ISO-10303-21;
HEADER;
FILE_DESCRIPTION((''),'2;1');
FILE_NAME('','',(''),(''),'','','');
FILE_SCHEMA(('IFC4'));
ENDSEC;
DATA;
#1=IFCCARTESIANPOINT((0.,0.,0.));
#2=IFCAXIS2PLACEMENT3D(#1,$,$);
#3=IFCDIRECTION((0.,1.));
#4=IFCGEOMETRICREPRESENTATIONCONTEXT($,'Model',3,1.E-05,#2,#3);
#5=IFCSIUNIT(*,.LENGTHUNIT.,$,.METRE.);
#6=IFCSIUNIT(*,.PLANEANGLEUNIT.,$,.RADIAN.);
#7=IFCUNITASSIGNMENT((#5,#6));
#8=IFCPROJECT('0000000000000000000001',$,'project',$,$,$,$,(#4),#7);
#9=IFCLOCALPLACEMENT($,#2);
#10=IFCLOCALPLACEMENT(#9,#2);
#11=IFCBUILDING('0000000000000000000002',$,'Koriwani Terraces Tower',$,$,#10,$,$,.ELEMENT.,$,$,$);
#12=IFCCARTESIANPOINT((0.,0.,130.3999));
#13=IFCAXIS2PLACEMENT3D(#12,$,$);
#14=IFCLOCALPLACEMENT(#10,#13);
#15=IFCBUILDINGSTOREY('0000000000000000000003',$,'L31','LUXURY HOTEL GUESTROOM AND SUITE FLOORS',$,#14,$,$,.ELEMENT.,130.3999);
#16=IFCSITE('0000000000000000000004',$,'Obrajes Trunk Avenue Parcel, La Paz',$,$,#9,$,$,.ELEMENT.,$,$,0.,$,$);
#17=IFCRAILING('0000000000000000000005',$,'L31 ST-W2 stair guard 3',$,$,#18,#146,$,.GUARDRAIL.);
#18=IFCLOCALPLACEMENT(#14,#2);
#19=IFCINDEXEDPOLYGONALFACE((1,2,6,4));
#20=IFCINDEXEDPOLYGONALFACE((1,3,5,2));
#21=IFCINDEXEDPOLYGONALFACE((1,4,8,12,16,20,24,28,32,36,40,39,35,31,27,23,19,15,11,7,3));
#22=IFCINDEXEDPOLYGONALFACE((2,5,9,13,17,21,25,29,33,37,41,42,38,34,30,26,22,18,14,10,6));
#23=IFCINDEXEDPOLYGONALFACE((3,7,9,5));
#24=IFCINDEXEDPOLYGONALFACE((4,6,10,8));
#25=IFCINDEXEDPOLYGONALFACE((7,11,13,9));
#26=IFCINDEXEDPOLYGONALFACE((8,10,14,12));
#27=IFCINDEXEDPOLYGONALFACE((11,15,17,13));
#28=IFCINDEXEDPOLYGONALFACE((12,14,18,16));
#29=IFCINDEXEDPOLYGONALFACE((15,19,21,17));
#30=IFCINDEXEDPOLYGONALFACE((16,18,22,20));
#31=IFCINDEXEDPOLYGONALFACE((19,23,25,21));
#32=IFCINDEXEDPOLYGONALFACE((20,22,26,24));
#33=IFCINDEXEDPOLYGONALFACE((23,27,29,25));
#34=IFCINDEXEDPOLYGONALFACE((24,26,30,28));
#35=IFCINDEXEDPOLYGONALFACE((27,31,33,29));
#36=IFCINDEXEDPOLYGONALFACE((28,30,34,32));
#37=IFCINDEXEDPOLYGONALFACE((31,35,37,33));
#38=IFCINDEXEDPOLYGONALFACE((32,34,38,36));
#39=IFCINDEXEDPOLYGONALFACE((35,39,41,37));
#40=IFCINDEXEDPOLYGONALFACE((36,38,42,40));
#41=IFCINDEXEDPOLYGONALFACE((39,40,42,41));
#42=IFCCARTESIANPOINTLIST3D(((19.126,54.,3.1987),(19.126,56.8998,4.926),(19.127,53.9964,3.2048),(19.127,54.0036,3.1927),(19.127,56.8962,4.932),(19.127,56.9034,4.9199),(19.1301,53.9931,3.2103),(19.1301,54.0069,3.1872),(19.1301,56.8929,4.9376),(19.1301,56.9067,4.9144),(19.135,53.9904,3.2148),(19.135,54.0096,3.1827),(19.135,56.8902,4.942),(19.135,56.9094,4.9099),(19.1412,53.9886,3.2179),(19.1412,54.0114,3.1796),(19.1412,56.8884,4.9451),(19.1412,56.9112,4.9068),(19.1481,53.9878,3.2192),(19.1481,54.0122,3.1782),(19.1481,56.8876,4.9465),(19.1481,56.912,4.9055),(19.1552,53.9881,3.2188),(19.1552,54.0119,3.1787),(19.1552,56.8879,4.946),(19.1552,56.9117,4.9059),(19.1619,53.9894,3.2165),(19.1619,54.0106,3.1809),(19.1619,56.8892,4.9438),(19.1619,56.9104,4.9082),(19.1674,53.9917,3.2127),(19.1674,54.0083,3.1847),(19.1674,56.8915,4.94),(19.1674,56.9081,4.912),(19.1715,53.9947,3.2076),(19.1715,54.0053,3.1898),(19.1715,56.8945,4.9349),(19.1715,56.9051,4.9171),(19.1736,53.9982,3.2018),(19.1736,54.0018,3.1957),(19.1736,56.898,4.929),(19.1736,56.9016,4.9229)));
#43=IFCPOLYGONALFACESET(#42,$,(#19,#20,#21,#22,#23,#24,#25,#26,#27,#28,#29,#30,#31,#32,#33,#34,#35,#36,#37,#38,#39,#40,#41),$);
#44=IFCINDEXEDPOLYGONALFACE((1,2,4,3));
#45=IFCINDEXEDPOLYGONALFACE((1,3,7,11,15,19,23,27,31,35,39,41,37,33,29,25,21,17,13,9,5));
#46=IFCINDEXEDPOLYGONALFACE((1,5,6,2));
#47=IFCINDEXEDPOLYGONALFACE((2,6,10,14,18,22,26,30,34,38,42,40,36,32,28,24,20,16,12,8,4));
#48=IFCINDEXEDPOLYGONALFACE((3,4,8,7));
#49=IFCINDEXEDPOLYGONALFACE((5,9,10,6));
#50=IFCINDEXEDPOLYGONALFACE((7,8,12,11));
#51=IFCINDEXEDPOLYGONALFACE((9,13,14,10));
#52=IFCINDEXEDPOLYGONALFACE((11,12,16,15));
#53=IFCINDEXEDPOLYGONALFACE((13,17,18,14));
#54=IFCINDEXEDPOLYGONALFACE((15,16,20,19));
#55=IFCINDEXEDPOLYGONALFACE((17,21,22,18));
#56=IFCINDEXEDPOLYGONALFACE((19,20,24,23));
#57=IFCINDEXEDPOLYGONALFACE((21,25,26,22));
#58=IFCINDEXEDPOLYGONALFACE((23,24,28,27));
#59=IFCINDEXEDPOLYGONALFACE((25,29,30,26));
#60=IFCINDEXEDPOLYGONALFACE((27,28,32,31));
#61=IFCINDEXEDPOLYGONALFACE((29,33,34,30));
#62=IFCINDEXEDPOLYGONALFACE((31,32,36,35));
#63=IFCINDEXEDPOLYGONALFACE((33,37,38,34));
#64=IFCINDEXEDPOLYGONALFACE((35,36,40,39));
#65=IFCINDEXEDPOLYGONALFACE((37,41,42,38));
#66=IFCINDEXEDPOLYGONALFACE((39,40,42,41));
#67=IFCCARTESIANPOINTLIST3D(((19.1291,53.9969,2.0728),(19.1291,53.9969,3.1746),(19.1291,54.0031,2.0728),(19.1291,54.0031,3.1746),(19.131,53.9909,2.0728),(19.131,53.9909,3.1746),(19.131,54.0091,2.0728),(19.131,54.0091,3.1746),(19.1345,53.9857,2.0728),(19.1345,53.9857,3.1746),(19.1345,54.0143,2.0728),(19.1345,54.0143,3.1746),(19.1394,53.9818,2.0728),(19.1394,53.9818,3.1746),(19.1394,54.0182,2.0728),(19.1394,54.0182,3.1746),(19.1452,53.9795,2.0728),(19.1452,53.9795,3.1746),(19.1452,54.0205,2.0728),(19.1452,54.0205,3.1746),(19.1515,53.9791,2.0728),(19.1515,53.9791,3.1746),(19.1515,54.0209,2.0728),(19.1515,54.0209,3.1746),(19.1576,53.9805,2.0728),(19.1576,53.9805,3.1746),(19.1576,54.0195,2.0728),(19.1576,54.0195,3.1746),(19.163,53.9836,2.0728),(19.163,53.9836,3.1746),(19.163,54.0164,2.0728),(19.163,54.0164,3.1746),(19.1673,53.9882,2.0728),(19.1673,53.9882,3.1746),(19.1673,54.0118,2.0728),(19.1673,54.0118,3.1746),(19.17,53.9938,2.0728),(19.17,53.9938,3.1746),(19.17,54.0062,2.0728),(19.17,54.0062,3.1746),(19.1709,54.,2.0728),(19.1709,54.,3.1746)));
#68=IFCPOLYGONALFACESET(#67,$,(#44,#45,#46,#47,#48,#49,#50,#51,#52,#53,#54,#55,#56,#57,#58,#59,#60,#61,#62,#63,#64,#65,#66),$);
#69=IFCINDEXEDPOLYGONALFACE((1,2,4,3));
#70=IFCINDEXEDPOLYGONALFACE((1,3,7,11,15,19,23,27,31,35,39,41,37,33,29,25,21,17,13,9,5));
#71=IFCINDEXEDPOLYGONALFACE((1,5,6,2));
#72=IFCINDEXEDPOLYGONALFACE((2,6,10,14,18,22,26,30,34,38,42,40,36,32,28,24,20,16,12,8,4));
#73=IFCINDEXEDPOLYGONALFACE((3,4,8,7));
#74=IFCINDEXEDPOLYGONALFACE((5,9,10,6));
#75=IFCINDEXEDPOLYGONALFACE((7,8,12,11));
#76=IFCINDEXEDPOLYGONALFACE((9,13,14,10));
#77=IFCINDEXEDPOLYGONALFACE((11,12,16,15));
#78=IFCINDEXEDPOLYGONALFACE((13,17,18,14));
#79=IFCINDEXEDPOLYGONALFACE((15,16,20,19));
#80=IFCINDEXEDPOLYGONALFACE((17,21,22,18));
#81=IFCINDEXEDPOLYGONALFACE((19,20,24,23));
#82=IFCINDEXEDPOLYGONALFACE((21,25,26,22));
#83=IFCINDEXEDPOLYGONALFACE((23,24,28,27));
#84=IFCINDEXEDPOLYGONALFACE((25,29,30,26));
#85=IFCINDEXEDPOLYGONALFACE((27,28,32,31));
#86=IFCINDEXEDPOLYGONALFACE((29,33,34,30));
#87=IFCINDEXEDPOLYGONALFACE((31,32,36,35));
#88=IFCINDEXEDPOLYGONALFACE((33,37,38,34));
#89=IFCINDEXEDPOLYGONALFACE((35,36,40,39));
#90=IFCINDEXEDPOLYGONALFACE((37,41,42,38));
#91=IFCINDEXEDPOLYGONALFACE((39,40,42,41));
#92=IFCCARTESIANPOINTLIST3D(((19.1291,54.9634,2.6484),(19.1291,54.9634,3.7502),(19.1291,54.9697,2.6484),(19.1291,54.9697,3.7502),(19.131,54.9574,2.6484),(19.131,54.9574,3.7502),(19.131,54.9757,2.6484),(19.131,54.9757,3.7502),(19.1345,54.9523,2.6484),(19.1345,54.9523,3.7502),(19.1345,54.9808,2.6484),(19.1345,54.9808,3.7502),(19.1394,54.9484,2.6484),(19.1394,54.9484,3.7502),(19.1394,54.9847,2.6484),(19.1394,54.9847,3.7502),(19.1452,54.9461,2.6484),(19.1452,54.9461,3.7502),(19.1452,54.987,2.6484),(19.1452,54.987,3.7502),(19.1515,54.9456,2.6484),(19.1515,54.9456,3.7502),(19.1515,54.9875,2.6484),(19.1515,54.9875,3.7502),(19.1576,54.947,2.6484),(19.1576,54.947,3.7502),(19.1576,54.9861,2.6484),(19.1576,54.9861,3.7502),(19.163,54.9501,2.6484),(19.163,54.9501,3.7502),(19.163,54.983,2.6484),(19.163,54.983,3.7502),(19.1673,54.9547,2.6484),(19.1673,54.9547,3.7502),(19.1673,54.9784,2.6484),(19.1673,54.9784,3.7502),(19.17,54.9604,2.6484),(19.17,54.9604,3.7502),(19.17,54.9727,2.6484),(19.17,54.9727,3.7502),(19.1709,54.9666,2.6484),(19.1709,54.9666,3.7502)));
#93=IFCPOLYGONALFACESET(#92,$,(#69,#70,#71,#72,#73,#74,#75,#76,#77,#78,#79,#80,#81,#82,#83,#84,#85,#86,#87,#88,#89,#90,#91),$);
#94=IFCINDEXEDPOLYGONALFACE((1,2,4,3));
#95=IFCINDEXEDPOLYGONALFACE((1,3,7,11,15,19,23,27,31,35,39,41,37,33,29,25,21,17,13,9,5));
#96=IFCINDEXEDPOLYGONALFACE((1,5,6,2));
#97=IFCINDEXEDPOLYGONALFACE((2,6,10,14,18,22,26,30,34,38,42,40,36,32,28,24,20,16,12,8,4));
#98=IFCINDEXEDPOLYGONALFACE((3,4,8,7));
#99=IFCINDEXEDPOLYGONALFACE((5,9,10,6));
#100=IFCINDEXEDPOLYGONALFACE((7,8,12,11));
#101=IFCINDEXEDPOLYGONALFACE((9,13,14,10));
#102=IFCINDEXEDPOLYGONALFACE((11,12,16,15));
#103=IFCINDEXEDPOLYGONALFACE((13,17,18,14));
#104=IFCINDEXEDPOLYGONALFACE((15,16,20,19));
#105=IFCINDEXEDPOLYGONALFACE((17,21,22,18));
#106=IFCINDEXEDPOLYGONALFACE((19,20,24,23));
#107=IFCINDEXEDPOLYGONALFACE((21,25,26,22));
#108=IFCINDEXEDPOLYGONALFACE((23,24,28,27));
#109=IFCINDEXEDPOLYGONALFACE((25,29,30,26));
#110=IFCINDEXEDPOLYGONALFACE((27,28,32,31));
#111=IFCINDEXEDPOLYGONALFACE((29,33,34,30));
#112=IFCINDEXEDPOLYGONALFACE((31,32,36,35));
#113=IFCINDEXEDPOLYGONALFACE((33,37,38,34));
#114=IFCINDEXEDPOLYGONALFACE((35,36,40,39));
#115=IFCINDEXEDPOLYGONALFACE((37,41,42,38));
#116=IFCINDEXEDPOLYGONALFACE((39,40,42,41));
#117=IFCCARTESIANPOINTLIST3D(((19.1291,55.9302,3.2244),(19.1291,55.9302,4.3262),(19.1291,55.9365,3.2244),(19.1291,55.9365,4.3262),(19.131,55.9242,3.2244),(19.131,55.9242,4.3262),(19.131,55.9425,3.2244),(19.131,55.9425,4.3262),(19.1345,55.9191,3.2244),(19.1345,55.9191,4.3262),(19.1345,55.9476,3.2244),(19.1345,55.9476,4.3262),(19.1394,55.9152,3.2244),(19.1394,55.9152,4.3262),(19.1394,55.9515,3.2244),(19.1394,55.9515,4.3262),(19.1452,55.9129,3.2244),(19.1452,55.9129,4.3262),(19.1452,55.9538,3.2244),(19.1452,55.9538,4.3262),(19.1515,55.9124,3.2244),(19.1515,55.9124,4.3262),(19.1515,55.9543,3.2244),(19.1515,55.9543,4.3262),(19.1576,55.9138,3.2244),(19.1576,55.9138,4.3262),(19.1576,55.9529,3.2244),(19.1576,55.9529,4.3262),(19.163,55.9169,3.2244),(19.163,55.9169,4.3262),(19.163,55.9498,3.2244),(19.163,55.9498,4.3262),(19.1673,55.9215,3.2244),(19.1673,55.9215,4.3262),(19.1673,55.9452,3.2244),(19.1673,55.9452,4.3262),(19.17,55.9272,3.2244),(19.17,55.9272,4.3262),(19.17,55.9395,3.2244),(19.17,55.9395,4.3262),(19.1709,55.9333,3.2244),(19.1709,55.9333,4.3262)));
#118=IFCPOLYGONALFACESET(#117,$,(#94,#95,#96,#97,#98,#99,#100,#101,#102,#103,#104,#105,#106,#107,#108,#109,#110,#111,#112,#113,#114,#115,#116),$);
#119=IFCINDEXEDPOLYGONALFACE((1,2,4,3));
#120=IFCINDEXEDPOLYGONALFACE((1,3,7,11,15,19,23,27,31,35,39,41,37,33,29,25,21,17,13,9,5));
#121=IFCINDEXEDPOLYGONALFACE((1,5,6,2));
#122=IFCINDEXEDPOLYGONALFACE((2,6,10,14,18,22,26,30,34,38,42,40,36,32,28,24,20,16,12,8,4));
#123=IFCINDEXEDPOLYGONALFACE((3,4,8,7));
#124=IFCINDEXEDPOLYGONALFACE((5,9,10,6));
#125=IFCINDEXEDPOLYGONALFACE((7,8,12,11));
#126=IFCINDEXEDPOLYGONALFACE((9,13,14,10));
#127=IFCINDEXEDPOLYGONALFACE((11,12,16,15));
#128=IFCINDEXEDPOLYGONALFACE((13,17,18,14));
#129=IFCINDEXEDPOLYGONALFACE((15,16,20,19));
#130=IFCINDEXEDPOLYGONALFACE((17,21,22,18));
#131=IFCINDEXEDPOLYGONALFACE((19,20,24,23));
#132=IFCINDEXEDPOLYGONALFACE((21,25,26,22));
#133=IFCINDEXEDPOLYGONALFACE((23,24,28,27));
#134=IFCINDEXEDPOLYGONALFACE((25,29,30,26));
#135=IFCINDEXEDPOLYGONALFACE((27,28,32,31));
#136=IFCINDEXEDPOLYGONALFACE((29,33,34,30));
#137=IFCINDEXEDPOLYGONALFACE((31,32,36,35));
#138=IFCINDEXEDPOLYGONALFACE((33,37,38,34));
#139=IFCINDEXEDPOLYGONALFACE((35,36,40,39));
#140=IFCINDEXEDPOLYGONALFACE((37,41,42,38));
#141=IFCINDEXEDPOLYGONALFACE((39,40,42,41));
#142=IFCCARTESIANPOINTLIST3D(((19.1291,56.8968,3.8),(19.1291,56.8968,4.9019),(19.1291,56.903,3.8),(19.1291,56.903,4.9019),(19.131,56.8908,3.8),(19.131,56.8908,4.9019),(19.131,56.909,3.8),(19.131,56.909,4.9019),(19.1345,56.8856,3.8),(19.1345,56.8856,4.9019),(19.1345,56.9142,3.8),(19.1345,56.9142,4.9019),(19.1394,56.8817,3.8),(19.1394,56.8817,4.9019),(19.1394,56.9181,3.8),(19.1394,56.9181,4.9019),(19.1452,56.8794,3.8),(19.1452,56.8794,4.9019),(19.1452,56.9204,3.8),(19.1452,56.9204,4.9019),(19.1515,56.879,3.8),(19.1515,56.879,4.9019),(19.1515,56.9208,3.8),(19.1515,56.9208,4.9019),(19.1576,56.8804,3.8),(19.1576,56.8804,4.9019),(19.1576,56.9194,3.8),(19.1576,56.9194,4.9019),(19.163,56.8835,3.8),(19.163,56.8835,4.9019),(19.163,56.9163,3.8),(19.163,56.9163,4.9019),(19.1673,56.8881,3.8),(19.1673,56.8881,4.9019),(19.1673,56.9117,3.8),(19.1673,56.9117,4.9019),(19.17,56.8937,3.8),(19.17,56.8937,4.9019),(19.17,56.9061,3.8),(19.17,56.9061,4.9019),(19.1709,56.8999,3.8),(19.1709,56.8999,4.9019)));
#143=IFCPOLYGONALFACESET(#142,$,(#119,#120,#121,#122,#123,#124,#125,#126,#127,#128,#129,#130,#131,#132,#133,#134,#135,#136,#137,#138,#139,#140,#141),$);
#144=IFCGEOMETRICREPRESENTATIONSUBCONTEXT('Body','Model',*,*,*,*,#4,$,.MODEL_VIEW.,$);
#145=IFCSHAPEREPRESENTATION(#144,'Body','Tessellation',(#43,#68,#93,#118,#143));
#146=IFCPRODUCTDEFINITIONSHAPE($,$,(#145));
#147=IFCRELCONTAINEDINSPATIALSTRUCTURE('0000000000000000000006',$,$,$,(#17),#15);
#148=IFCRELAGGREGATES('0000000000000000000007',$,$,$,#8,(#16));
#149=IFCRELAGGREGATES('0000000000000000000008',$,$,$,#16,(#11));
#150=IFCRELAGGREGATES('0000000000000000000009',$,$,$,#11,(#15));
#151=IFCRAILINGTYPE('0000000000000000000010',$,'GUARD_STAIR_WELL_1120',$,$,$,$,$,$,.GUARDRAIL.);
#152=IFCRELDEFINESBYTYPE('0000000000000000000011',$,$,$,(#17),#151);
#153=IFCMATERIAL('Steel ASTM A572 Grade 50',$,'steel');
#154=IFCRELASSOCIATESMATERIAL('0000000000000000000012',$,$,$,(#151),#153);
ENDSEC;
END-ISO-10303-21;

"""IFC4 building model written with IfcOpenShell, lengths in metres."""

from ifc_helpers import new_model, si_unit, direction, frame, origin, origin_2d, place, context, subcontext, project, spatial, circle, extrude, material, type_object, element, save


model = new_model("IFC4")

# Units and contexts
model_context = context("Model", 3, precision=1e-05, world=origin(), true_north=direction((0.0, 1.0)))
body_context = subcontext(model_context, "Body", "Model", "MODEL_VIEW")
ifc_project = project(units=[si_unit("LENGTHUNIT", "METRE"), si_unit("PLANEANGLEUNIT", "RADIAN")], contexts=[model_context])

# Site, building, storey
site_placement = place(None, origin())
site = spatial("IfcSite", under=ifc_project, at=site_placement, Name="Obrajes Trunk Avenue Parcel, La Paz", CompositionType="ELEMENT", RefElevation=0.0)
building_placement = place(site_placement, origin())
building = spatial("IfcBuilding", under=site, at=building_placement, Name="Koriwani Terraces Tower", CompositionType="ELEMENT")
storey_placement = place(building_placement, frame((0.0, 0.0, 130.3999)))
storey = spatial("IfcBuildingStorey", under=building, at=storey_placement, Name="L31", Description="LUXURY HOTEL GUESTROOM AND SUITE FLOORS", CompositionType="ELEMENT", Elevation=130.3999)

# Shared definitions
ifc_material_1 = material(Name="Steel ASTM A572 Grade 50", Category="steel")

# Railing
railing_type_1 = type_object("IfcRailingType", Name="GUARD_STAIR_WELL_1120", PredefinedType="GUARDRAIL", material=ifc_material_1)
railing_1_placement = place(storey_placement, frame((19.1499, 54.0, 2.0728)))
element("IfcRailing", 1, at=railing_1_placement, inside=storey, type_object=railing_type_1, Name="L31 ST-W2 stair guard 3", PredefinedType="GUARDRAIL", context=body_context, shape_type="SweptSolid", body=[
    extrude(circle(Radius=0.0239, at=origin_2d()), frame((0.0, 0.0, 1.126), z_axis=(0.0, 0.859141, 0.511738), x_axis=(-1.0, 0.0, 0.0)), (0.0, 0.0, 1.0), 3.3752),
    extrude(circle(Radius=0.021, at=origin_2d()), origin(), (0.0, 0.0, 1.0), 1.1018),
    extrude(circle(Radius=0.021, at=origin_2d()), frame((0.0, 0.9666, 0.5757)), (0.0, 0.0, 1.0), 1.1018),
    extrude(circle(Radius=0.021, at=origin_2d()), frame((0.0, 1.9333, 1.1516)), (0.0, 0.0, 1.0), 1.1018),
    extrude(circle(Radius=0.021, at=origin_2d()), frame((0.0, 2.8999, 1.7273)), (0.0, 0.0, 1.0), 1.1018),
])

save(model, "model.ifc")
